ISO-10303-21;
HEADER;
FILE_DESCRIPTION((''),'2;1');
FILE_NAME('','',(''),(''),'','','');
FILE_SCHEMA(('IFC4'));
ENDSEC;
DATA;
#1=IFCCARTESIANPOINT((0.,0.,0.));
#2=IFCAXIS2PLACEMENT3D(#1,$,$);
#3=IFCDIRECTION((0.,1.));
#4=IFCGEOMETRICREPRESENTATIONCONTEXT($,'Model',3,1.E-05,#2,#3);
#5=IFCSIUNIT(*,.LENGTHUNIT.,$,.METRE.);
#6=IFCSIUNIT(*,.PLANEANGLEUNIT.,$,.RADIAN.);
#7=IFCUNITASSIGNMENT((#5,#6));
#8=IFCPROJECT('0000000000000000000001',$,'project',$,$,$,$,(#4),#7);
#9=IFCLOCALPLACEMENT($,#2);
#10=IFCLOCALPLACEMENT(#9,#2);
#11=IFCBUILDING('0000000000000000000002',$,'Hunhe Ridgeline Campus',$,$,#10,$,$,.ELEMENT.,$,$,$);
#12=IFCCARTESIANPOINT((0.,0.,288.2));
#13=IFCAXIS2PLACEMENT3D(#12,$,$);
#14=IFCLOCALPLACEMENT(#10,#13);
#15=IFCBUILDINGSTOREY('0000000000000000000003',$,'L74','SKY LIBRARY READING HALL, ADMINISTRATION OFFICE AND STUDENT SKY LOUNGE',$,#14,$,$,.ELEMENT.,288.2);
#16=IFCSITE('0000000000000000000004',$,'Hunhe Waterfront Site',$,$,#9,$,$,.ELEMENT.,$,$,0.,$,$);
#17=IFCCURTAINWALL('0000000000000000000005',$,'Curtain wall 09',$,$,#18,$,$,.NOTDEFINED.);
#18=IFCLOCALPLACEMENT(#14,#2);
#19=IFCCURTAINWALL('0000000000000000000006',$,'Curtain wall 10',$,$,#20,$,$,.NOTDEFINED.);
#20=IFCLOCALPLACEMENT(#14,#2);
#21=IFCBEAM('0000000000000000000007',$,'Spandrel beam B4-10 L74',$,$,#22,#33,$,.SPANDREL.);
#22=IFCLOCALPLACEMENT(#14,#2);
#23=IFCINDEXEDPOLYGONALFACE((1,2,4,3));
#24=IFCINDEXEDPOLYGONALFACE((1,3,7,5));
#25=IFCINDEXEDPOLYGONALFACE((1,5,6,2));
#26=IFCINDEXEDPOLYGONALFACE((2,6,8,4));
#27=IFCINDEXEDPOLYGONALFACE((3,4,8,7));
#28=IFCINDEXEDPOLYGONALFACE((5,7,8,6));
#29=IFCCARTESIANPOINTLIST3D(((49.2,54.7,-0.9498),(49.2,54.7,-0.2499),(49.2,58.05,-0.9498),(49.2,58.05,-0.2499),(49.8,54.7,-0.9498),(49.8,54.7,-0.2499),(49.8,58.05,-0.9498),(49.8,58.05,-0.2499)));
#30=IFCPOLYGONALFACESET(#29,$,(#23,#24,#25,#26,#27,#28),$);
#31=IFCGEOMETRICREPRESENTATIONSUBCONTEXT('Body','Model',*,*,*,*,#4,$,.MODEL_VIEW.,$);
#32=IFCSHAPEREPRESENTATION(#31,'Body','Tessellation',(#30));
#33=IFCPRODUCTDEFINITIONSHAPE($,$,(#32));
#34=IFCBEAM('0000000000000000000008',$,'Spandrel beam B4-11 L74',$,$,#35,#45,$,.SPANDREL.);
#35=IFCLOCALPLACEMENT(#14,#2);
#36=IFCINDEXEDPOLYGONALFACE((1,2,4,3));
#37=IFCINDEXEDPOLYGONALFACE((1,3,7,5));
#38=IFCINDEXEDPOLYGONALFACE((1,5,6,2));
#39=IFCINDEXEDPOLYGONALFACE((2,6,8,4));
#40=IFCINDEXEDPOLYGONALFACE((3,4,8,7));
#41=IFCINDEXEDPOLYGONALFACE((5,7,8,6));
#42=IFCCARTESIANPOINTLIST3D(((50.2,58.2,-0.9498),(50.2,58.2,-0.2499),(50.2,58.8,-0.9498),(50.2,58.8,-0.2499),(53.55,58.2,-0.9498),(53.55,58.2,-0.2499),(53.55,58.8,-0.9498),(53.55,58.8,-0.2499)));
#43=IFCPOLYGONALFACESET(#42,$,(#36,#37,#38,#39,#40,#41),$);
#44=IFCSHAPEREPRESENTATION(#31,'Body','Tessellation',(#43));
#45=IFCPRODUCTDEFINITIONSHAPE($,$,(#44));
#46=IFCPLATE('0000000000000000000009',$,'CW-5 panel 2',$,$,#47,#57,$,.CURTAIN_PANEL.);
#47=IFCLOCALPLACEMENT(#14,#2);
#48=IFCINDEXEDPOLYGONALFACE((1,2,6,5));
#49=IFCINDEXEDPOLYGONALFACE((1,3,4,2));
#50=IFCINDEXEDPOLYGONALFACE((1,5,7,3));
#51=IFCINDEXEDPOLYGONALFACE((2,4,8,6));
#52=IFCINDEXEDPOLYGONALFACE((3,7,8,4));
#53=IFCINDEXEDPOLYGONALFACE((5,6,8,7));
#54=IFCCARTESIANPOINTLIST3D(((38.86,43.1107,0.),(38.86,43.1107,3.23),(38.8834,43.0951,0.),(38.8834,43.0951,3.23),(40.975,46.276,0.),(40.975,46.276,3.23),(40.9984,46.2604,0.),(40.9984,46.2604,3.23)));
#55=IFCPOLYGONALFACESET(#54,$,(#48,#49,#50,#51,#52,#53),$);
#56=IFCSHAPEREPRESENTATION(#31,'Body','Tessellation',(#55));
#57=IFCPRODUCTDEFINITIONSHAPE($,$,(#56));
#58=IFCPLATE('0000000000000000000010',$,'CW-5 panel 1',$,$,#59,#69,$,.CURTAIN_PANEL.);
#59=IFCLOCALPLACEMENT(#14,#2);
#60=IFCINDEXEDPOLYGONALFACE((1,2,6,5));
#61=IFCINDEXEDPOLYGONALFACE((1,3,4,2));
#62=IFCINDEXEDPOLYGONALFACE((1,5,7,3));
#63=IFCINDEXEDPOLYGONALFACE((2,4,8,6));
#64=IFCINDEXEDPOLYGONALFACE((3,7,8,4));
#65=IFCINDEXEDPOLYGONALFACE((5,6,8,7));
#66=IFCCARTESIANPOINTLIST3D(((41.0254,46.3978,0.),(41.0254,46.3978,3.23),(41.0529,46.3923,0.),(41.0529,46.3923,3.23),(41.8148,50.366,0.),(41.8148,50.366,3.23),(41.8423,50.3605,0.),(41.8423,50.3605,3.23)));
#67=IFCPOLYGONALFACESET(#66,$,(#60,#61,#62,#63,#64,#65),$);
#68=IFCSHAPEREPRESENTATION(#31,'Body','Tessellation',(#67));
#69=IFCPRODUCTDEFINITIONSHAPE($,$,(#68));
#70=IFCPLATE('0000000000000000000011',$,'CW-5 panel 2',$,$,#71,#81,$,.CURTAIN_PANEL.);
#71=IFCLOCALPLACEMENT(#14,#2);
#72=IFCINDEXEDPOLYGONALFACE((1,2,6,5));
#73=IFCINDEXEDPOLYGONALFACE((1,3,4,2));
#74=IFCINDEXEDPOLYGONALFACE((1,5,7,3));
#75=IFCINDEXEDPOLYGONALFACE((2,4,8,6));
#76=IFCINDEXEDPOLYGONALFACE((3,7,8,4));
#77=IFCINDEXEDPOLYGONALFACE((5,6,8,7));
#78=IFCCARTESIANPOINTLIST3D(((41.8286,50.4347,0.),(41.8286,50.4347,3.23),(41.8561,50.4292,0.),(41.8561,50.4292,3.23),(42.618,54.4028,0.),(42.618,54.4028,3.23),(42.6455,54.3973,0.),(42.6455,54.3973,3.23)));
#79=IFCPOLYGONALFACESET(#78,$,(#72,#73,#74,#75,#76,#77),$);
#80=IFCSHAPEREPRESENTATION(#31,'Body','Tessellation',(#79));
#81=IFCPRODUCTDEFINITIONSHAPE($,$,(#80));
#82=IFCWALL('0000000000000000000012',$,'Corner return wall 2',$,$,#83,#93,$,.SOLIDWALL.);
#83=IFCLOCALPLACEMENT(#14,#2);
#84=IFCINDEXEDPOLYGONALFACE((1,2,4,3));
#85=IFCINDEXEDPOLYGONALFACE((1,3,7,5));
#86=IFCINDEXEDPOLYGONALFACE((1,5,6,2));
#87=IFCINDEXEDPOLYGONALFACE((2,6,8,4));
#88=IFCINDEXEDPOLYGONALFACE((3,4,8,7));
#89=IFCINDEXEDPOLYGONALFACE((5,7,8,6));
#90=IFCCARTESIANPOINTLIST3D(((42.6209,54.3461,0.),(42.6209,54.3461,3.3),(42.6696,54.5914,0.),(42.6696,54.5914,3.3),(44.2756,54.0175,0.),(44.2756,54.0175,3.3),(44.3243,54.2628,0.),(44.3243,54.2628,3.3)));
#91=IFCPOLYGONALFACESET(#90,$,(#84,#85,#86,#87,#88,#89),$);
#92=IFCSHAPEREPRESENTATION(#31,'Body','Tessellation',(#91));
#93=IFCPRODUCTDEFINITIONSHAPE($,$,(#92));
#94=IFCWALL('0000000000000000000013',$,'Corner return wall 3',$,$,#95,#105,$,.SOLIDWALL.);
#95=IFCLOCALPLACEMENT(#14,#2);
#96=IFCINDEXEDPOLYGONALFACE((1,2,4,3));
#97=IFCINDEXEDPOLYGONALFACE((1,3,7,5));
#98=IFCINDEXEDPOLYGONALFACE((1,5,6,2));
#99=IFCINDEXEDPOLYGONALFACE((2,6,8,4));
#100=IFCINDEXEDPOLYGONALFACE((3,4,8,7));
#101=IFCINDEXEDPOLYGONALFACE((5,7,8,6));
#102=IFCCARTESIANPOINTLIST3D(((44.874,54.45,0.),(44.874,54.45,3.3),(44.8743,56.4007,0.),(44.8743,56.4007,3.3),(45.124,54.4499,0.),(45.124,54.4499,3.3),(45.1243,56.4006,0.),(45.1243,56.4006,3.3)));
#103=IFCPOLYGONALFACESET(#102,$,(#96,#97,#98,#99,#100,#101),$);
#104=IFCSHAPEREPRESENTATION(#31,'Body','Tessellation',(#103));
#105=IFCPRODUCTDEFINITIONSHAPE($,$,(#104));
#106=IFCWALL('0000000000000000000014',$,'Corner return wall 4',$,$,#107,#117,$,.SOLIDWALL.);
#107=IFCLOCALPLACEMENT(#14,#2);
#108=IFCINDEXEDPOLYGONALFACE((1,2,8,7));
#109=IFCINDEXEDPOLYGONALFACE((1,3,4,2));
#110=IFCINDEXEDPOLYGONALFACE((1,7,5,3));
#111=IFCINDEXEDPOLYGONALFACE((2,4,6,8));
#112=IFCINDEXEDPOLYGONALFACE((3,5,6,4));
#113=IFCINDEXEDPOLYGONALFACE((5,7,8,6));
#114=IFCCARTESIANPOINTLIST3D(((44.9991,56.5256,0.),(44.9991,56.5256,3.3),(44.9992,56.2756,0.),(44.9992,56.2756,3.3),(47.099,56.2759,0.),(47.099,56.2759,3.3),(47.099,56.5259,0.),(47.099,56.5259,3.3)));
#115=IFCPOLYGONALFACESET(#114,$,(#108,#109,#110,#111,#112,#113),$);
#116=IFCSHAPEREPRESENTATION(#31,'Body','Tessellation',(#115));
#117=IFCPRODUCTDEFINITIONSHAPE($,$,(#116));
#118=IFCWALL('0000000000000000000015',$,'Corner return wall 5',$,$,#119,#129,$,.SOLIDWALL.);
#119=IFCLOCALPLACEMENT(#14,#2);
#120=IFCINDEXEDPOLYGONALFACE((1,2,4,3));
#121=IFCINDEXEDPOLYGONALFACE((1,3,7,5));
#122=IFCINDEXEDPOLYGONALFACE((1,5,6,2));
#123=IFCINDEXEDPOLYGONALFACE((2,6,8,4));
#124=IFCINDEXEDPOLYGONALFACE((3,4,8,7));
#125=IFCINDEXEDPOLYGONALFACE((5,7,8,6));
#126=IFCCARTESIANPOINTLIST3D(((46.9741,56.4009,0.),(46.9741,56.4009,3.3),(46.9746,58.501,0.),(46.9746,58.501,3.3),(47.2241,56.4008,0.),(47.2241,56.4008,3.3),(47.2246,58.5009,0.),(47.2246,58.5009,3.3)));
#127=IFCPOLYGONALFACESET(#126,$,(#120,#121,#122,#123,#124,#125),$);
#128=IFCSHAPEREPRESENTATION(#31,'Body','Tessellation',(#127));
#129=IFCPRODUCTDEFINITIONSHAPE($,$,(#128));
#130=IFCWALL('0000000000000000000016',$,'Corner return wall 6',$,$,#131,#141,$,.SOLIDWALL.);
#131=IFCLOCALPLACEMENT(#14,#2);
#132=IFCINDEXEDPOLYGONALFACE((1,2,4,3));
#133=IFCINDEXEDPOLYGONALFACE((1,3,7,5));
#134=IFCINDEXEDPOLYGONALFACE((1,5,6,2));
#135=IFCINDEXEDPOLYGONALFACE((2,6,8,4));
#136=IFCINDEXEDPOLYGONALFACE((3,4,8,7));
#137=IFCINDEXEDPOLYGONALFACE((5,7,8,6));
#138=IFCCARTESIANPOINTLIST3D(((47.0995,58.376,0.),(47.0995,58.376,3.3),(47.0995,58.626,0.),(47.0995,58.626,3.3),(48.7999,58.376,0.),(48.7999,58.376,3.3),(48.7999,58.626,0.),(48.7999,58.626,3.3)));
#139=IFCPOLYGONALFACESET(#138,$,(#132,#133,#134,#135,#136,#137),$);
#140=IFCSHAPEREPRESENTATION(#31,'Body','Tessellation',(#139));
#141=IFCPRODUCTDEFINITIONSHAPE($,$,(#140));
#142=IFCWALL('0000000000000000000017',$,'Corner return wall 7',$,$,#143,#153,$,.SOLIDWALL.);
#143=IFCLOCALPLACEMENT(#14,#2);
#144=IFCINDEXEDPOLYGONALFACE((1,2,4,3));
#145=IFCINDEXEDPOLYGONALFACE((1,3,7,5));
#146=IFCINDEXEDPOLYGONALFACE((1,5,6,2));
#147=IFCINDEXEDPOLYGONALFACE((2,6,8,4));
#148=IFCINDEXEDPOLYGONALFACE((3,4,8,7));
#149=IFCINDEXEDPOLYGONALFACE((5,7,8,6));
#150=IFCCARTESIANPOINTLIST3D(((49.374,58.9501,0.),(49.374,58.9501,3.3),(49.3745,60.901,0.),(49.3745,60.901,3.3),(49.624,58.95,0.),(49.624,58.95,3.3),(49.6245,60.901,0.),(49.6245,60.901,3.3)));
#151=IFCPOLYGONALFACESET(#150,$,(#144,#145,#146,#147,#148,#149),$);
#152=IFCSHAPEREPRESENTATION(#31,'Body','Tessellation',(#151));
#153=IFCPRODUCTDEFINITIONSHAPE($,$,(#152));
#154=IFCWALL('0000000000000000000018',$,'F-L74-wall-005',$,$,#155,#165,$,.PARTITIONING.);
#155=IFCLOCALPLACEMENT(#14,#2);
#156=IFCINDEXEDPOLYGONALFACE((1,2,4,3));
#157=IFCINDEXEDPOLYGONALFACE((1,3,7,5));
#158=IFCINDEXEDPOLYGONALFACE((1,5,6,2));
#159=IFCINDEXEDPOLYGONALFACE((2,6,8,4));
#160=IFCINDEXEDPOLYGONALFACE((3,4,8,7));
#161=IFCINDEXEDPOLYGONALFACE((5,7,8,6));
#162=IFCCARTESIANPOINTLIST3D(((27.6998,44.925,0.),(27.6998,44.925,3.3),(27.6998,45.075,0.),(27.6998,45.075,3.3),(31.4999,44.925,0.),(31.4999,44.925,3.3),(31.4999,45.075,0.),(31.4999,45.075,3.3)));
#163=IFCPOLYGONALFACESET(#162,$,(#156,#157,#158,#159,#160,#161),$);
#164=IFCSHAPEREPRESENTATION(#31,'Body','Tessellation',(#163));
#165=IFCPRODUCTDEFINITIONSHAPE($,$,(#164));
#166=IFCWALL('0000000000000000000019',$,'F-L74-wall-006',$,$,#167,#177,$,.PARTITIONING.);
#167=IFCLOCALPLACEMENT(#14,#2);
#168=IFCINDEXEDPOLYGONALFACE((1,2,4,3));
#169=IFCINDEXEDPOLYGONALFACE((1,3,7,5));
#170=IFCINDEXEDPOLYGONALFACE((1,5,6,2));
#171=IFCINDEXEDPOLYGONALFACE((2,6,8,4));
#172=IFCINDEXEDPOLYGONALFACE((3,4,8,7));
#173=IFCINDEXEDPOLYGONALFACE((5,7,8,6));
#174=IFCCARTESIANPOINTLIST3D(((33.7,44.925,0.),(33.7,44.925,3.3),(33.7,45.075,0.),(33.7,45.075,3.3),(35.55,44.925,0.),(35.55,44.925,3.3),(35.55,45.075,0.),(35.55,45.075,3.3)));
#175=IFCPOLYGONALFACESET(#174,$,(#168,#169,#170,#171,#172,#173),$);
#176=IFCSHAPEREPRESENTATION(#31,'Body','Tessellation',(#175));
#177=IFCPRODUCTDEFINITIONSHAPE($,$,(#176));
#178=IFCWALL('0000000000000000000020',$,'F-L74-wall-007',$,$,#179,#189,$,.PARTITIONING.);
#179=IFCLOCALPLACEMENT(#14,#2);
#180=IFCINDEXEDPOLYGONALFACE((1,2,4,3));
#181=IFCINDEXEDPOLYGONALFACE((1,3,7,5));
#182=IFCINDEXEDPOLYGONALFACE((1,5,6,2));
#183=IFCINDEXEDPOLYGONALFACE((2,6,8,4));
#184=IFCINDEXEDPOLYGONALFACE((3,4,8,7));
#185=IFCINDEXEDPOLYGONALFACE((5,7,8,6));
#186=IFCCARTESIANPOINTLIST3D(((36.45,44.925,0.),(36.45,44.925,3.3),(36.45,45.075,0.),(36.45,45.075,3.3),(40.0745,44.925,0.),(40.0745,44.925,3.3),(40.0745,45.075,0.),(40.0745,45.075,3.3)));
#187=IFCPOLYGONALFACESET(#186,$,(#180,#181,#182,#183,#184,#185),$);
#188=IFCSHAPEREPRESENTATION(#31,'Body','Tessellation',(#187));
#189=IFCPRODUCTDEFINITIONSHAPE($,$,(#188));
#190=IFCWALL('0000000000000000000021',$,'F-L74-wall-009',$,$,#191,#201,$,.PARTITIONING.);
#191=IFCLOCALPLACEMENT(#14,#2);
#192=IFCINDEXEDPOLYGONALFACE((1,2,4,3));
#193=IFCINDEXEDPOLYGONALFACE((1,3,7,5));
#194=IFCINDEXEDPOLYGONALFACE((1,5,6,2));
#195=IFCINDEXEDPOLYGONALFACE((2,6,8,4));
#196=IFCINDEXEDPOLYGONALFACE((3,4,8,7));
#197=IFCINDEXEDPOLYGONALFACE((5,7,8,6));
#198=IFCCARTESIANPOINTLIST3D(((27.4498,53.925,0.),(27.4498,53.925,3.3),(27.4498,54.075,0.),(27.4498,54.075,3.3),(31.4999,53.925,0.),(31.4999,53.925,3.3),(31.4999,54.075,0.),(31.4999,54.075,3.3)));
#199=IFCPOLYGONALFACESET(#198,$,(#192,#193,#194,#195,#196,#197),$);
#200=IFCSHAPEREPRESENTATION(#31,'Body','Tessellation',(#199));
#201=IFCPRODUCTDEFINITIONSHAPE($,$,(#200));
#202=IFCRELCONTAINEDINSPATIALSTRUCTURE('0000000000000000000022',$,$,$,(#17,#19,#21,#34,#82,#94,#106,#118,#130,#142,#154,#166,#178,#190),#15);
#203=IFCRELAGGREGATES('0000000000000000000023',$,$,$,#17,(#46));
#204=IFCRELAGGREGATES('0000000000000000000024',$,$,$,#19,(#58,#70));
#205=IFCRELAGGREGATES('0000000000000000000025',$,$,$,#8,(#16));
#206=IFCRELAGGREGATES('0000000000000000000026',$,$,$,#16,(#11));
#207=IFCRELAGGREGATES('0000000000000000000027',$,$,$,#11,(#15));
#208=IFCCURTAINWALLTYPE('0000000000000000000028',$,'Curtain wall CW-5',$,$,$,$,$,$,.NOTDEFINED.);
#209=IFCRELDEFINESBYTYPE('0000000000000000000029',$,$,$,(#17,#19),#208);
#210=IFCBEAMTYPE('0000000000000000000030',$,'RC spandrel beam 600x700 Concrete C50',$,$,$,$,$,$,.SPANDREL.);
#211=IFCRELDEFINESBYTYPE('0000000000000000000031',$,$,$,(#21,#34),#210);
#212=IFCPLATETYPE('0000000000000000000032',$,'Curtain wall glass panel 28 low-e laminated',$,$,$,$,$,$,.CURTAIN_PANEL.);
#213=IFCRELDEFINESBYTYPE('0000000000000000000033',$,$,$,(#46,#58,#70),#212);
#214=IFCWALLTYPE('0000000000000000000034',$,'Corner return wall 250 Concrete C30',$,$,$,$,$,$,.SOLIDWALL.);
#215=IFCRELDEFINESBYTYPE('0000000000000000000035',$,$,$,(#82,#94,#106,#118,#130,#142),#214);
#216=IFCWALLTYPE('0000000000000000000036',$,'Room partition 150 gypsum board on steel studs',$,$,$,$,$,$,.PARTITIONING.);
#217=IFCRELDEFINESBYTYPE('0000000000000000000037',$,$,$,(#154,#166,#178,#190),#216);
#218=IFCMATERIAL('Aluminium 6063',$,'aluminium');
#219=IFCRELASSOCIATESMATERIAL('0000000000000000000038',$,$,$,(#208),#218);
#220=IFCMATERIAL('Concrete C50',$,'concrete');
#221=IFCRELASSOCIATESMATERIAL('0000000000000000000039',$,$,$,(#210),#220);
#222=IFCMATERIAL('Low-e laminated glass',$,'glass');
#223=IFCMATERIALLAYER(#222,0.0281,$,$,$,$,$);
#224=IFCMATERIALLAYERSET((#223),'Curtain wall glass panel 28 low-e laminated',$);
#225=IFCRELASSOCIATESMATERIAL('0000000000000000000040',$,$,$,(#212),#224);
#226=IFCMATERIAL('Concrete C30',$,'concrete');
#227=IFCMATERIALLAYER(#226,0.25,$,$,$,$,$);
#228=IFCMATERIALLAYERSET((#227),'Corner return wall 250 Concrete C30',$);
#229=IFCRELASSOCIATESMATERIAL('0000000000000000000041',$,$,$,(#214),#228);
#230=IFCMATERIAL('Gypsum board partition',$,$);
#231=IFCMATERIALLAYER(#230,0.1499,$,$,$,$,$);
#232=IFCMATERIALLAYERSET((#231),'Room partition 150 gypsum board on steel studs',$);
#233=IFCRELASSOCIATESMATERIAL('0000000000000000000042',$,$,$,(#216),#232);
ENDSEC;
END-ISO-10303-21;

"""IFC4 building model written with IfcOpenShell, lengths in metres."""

from ifc_helpers import new_model, si_unit, direction, frame, frame_2d, origin, origin_2d, place, context, subcontext, project, spatial, rectangle, extrude, material, layer, layer_set, material_profile, profile_set, type_object, element, aggregate, save


model = new_model("IFC4")

# Units and contexts
model_context = context("Model", 3, precision=1e-05, world=origin(), true_north=direction((0.0, 1.0)))
body_context = subcontext(model_context, "Body", "Model", "MODEL_VIEW")
ifc_project = project(units=[si_unit("LENGTHUNIT", "METRE"), si_unit("PLANEANGLEUNIT", "RADIAN")], contexts=[model_context])

# Site, building, storey
site_placement = place(None, origin())
site = spatial("IfcSite", under=ifc_project, at=site_placement, Name="Hunhe Waterfront Site", CompositionType="ELEMENT", RefElevation=0.0)
building_placement = place(site_placement, origin())
building = spatial("IfcBuilding", under=site, at=building_placement, Name="Hunhe Ridgeline Campus", CompositionType="ELEMENT")
storey_placement = place(building_placement, frame((0.0, 0.0, 288.2)))
storey = spatial("IfcBuildingStorey", under=building, at=storey_placement, Name="L74", Description="SKY LIBRARY READING HALL, ADMINISTRATION OFFICE AND STUDENT SKY LOUNGE", CompositionType="ELEMENT", Elevation=288.2)

# Shared definitions
ifc_material_1 = material(Name="Concrete C50", Category="concrete")

# Curtain walls
ifc_material_2 = material(Name="Aluminium 6063", Category="aluminium")
curtain_wall_type = type_object("IfcCurtainWallType", Name="Curtain wall CW-5", PredefinedType="NOTDEFINED", material=ifc_material_2)
curtain_wall_1_placement = place(storey_placement, origin())
curtain_wall_1 = element("IfcCurtainWall", 1, at=curtain_wall_1_placement, inside=storey, type_object=curtain_wall_type, Name="Curtain wall 09", PredefinedType="NOTDEFINED")
curtain_wall_2_placement = place(storey_placement, origin())
curtain_wall_2 = element("IfcCurtainWall", 2, at=curtain_wall_2_placement, inside=storey, type_object=curtain_wall_type, Name="Curtain wall 10", PredefinedType="NOTDEFINED")

# Beams
ifc_material_profile_1 = material_profile(ifc_material_1, rectangle(XDim=0.6001, YDim=0.7, at=origin_2d()))
ifc_profile_set_1 = profile_set([ifc_material_profile_1], Name="Concrete C50")
beam_type = type_object("IfcBeamType", Name="RC spandrel beam 600x700 Concrete C50", PredefinedType="SPANDREL", material=ifc_profile_set_1)
for number, where, z_axis, x_axis, name in (
    (3, (49.5, 54.7, -0.5999), (0.0, 1.0, 0.0), (-1.0, 0.0, 0.0), "Spandrel beam B4-10 L74"),
    (4, (50.2, 58.5, -0.5999), (1.0, 0.0, 0.0), (0.0, 1.0, 0.0), "Spandrel beam B4-11 L74"),
):
    element("IfcBeam", number, at=place(storey_placement, frame(where, z_axis=z_axis, x_axis=x_axis)), inside=storey, type_object=beam_type, Name=name, PredefinedType="SPANDREL", context=body_context, shape_type="SweptSolid", body=[
        extrude(rectangle(XDim=0.6001, YDim=0.7, at=origin_2d()), origin(), (0.0, 0.0, 1.0), 3.3501),
    ])

# Plates
ifc_material_3 = material(Name="Low-e laminated glass", Category="glass")
ifc_layer_1 = layer(ifc_material_3, 0.0281)
ifc_layer_set_1 = layer_set([ifc_layer_1], Name="Curtain wall glass panel 28 low-e laminated")
plate_type = type_object("IfcPlateType", Name="Curtain wall glass panel 28 low-e laminated", PredefinedType="CURTAIN_PANEL", material=ifc_layer_set_1)
plate_1_placement = place(storey_placement, frame((39.9292, 44.6855, 0.0), z_axis=(0.0, 0.0, 1.0), x_axis=(0.55557, 0.83147, 0.0)))
plate_1 = element("IfcPlate", 5, at=plate_1_placement, type_object=plate_type, Name="CW-5 panel 2", PredefinedType="CURTAIN_PANEL", context=body_context, shape_type="SweptSolid", body=[
    extrude(rectangle(XDim=3.8069, YDim=0.0281, at=origin_2d()), origin(), (0.0, 0.0, 1.0), 3.23),
])
aggregate(curtain_wall_1, [plate_1])
plate_2_placement = place(storey_placement, frame((41.4338, 48.3792, 0.0), z_axis=(0.0, 0.0, 1.0), x_axis=(0.195104, 0.980783, 0.0)))
plate_2 = element("IfcPlate", 6, at=plate_2_placement, type_object=plate_type, Name="CW-5 panel 1", PredefinedType="CURTAIN_PANEL", context=body_context, shape_type="SweptSolid", body=[
    extrude(rectangle(XDim=4.0459, YDim=0.0281, at=origin_2d()), origin(), (0.0, 0.0, 1.0), 3.23),
])
plate_3_placement = place(storey_placement, frame((42.2371, 52.416, 0.0), z_axis=(0.0, 0.0, 1.0), x_axis=(0.195104, 0.980783, 0.0)))
plate_3 = element("IfcPlate", 7, at=plate_3_placement, type_object=plate_type, Name="CW-5 panel 2", PredefinedType="CURTAIN_PANEL", context=body_context, shape_type="SweptSolid", body=[
    extrude(rectangle(XDim=4.0459, YDim=0.0281, at=origin_2d()), origin(), (0.0, 0.0, 1.0), 3.23),
])
aggregate(curtain_wall_2, [plate_2, plate_3])

# Walls
ifc_material_4 = material(Name="Concrete C30", Category="concrete")
ifc_layer_2 = layer(ifc_material_4, 0.25)
ifc_layer_set_2 = layer_set([ifc_layer_2], Name="Corner return wall 250 Concrete C30")
wall_type_1 = type_object("IfcWallType", Name="Corner return wall 250 Concrete C30", PredefinedType="SOLIDWALL", material=ifc_layer_set_2)
wall_1_placement = place(storey_placement, frame((42.6453, 54.4688, 0.0), z_axis=(0.0, 0.0, 1.0), x_axis=(0.980847, -0.19478, 0.0)))
element("IfcWall", 8, at=wall_1_placement, inside=storey, type_object=wall_type_1, Name="Corner return wall 2", PredefinedType="SOLIDWALL", context=body_context, shape_type="SweptSolid", body=[
    extrude(rectangle(XDim=1.687, YDim=0.25, at=frame_2d((0.8435, 0.0))), origin(), (0.0, 0.0, 1.0), 3.3),
])
wall_2_placement = place(storey_placement, frame((44.999, 54.45, 0.0), z_axis=(0.0, 0.0, 1.0), x_axis=(0.000125, 1.0, 0.0)))
element("IfcWall", 9, at=wall_2_placement, inside=storey, type_object=wall_type_1, Name="Corner return wall 3", PredefinedType="SOLIDWALL", context=body_context, shape_type="SweptSolid", body=[
    extrude(rectangle(XDim=1.9507, YDim=0.25, at=frame_2d((0.9753, 0.0))), origin(), (0.0, 0.0, 1.0), 3.3),
])
wall_3_placement = place(storey_placement, frame((44.9993, 56.4006, 0.0), z_axis=(0.0, 0.0, 1.0), x_axis=(1.0, 0.000116, 0.0)))
element("IfcWall", 10, at=wall_3_placement, inside=storey, type_object=wall_type_1, Name="Corner return wall 4", PredefinedType="SOLIDWALL", context=body_context, shape_type="SweptSolid", body=[
    extrude(rectangle(XDim=2.0999, YDim=0.25, at=frame_2d((1.0498, 0.0))), origin(), (0.0, 0.0, 1.0), 3.3),
])
wall_4_placement = place(storey_placement, frame((47.0991, 56.4009, 0.0), z_axis=(0.0, 0.0, 1.0), x_axis=(0.000233, 1.0, 0.0)))
element("IfcWall", 11, at=wall_4_placement, inside=storey, type_object=wall_type_1, Name="Corner return wall 5", PredefinedType="SOLIDWALL", context=body_context, shape_type="SweptSolid", body=[
    extrude(rectangle(XDim=2.1001, YDim=0.25, at=frame_2d((1.05, 0.0))), origin(), (0.0, 0.0, 1.0), 3.3),
])
wall_5_placement = place(storey_placement, frame((47.0996, 58.501, 0.0), z_axis=(0.0, 0.0, 1.0), x_axis=(1.0, 0.0, 0.0)))
element("IfcWall", 12, at=wall_5_placement, inside=storey, type_object=wall_type_1, Name="Corner return wall 6", PredefinedType="SOLIDWALL", context=body_context, shape_type="SweptSolid", body=[
    extrude(rectangle(XDim=1.7004, YDim=0.25, at=frame_2d((0.8501, 0.0))), origin(), (0.0, 0.0, 1.0), 3.3),
])
wall_6_placement = place(storey_placement, frame((49.499, 58.95, 0.0), z_axis=(0.0, 0.0, 1.0), x_axis=(0.00025, 1.0, 0.0)))
element("IfcWall", 13, at=wall_6_placement, inside=storey, type_object=wall_type_1, Name="Corner return wall 7", PredefinedType="SOLIDWALL", context=body_context, shape_type="SweptSolid", body=[
    extrude(rectangle(XDim=1.9509, YDim=0.25, at=frame_2d((0.9756, 0.0))), origin(), (0.0, 0.0, 1.0), 3.3),
])
ifc_material_5 = material(Name="Gypsum board partition")
ifc_layer_3 = layer(ifc_material_5, 0.1499)
ifc_layer_set_3 = layer_set([ifc_layer_3], Name="Room partition 150 gypsum board on steel studs")
wall_type_2 = type_object("IfcWallType", Name="Room partition 150 gypsum board on steel studs", PredefinedType="PARTITIONING", material=ifc_layer_set_3)
wall_7_placement = place(storey_placement, frame((27.7, 45.0, 0.0), z_axis=(0.0, 0.0, 1.0), x_axis=(1.0, 0.0, 0.0)))
element("IfcWall", 14, at=wall_7_placement, inside=storey, type_object=wall_type_2, Name="F-L74-wall-005", PredefinedType="PARTITIONING", context=body_context, shape_type="SweptSolid", body=[
    extrude(rectangle(XDim=3.8, YDim=0.1499, at=frame_2d((1.8999, 0.0))), origin(), (0.0, 0.0, 1.0), 3.3),
])
wall_8_placement = place(storey_placement, frame((33.7, 45.0, 0.0), z_axis=(0.0, 0.0, 1.0), x_axis=(1.0, 0.0, 0.0)))
element("IfcWall", 15, at=wall_8_placement, inside=storey, type_object=wall_type_2, Name="F-L74-wall-006", PredefinedType="PARTITIONING", context=body_context, shape_type="SweptSolid", body=[
    extrude(rectangle(XDim=1.8501, YDim=0.1499, at=frame_2d((0.925, 0.0))), origin(), (0.0, 0.0, 1.0), 3.3),
])
wall_9_placement = place(storey_placement, frame((36.45, 45.0, 0.0), z_axis=(0.0, 0.0, 1.0), x_axis=(1.0, 0.0, 0.0)))
element("IfcWall", 16, at=wall_9_placement, inside=storey, type_object=wall_type_2, Name="F-L74-wall-007", PredefinedType="PARTITIONING", context=body_context, shape_type="SweptSolid", body=[
    extrude(rectangle(XDim=3.6245, YDim=0.1499, at=frame_2d((1.8123, 0.0))), origin(), (0.0, 0.0, 1.0), 3.3),
])
wall_10_placement = place(storey_placement, frame((27.45, 54.0, 0.0), z_axis=(0.0, 0.0, 1.0), x_axis=(1.0, 0.0, 0.0)))
element("IfcWall", 17, at=wall_10_placement, inside=storey, type_object=wall_type_2, Name="F-L74-wall-009", PredefinedType="PARTITIONING", context=body_context, shape_type="SweptSolid", body=[
    extrude(rectangle(XDim=4.05, YDim=0.1499, at=frame_2d((2.0249, 0.0))), origin(), (0.0, 0.0, 1.0), 3.3),
])

save(model, "model.ifc")
